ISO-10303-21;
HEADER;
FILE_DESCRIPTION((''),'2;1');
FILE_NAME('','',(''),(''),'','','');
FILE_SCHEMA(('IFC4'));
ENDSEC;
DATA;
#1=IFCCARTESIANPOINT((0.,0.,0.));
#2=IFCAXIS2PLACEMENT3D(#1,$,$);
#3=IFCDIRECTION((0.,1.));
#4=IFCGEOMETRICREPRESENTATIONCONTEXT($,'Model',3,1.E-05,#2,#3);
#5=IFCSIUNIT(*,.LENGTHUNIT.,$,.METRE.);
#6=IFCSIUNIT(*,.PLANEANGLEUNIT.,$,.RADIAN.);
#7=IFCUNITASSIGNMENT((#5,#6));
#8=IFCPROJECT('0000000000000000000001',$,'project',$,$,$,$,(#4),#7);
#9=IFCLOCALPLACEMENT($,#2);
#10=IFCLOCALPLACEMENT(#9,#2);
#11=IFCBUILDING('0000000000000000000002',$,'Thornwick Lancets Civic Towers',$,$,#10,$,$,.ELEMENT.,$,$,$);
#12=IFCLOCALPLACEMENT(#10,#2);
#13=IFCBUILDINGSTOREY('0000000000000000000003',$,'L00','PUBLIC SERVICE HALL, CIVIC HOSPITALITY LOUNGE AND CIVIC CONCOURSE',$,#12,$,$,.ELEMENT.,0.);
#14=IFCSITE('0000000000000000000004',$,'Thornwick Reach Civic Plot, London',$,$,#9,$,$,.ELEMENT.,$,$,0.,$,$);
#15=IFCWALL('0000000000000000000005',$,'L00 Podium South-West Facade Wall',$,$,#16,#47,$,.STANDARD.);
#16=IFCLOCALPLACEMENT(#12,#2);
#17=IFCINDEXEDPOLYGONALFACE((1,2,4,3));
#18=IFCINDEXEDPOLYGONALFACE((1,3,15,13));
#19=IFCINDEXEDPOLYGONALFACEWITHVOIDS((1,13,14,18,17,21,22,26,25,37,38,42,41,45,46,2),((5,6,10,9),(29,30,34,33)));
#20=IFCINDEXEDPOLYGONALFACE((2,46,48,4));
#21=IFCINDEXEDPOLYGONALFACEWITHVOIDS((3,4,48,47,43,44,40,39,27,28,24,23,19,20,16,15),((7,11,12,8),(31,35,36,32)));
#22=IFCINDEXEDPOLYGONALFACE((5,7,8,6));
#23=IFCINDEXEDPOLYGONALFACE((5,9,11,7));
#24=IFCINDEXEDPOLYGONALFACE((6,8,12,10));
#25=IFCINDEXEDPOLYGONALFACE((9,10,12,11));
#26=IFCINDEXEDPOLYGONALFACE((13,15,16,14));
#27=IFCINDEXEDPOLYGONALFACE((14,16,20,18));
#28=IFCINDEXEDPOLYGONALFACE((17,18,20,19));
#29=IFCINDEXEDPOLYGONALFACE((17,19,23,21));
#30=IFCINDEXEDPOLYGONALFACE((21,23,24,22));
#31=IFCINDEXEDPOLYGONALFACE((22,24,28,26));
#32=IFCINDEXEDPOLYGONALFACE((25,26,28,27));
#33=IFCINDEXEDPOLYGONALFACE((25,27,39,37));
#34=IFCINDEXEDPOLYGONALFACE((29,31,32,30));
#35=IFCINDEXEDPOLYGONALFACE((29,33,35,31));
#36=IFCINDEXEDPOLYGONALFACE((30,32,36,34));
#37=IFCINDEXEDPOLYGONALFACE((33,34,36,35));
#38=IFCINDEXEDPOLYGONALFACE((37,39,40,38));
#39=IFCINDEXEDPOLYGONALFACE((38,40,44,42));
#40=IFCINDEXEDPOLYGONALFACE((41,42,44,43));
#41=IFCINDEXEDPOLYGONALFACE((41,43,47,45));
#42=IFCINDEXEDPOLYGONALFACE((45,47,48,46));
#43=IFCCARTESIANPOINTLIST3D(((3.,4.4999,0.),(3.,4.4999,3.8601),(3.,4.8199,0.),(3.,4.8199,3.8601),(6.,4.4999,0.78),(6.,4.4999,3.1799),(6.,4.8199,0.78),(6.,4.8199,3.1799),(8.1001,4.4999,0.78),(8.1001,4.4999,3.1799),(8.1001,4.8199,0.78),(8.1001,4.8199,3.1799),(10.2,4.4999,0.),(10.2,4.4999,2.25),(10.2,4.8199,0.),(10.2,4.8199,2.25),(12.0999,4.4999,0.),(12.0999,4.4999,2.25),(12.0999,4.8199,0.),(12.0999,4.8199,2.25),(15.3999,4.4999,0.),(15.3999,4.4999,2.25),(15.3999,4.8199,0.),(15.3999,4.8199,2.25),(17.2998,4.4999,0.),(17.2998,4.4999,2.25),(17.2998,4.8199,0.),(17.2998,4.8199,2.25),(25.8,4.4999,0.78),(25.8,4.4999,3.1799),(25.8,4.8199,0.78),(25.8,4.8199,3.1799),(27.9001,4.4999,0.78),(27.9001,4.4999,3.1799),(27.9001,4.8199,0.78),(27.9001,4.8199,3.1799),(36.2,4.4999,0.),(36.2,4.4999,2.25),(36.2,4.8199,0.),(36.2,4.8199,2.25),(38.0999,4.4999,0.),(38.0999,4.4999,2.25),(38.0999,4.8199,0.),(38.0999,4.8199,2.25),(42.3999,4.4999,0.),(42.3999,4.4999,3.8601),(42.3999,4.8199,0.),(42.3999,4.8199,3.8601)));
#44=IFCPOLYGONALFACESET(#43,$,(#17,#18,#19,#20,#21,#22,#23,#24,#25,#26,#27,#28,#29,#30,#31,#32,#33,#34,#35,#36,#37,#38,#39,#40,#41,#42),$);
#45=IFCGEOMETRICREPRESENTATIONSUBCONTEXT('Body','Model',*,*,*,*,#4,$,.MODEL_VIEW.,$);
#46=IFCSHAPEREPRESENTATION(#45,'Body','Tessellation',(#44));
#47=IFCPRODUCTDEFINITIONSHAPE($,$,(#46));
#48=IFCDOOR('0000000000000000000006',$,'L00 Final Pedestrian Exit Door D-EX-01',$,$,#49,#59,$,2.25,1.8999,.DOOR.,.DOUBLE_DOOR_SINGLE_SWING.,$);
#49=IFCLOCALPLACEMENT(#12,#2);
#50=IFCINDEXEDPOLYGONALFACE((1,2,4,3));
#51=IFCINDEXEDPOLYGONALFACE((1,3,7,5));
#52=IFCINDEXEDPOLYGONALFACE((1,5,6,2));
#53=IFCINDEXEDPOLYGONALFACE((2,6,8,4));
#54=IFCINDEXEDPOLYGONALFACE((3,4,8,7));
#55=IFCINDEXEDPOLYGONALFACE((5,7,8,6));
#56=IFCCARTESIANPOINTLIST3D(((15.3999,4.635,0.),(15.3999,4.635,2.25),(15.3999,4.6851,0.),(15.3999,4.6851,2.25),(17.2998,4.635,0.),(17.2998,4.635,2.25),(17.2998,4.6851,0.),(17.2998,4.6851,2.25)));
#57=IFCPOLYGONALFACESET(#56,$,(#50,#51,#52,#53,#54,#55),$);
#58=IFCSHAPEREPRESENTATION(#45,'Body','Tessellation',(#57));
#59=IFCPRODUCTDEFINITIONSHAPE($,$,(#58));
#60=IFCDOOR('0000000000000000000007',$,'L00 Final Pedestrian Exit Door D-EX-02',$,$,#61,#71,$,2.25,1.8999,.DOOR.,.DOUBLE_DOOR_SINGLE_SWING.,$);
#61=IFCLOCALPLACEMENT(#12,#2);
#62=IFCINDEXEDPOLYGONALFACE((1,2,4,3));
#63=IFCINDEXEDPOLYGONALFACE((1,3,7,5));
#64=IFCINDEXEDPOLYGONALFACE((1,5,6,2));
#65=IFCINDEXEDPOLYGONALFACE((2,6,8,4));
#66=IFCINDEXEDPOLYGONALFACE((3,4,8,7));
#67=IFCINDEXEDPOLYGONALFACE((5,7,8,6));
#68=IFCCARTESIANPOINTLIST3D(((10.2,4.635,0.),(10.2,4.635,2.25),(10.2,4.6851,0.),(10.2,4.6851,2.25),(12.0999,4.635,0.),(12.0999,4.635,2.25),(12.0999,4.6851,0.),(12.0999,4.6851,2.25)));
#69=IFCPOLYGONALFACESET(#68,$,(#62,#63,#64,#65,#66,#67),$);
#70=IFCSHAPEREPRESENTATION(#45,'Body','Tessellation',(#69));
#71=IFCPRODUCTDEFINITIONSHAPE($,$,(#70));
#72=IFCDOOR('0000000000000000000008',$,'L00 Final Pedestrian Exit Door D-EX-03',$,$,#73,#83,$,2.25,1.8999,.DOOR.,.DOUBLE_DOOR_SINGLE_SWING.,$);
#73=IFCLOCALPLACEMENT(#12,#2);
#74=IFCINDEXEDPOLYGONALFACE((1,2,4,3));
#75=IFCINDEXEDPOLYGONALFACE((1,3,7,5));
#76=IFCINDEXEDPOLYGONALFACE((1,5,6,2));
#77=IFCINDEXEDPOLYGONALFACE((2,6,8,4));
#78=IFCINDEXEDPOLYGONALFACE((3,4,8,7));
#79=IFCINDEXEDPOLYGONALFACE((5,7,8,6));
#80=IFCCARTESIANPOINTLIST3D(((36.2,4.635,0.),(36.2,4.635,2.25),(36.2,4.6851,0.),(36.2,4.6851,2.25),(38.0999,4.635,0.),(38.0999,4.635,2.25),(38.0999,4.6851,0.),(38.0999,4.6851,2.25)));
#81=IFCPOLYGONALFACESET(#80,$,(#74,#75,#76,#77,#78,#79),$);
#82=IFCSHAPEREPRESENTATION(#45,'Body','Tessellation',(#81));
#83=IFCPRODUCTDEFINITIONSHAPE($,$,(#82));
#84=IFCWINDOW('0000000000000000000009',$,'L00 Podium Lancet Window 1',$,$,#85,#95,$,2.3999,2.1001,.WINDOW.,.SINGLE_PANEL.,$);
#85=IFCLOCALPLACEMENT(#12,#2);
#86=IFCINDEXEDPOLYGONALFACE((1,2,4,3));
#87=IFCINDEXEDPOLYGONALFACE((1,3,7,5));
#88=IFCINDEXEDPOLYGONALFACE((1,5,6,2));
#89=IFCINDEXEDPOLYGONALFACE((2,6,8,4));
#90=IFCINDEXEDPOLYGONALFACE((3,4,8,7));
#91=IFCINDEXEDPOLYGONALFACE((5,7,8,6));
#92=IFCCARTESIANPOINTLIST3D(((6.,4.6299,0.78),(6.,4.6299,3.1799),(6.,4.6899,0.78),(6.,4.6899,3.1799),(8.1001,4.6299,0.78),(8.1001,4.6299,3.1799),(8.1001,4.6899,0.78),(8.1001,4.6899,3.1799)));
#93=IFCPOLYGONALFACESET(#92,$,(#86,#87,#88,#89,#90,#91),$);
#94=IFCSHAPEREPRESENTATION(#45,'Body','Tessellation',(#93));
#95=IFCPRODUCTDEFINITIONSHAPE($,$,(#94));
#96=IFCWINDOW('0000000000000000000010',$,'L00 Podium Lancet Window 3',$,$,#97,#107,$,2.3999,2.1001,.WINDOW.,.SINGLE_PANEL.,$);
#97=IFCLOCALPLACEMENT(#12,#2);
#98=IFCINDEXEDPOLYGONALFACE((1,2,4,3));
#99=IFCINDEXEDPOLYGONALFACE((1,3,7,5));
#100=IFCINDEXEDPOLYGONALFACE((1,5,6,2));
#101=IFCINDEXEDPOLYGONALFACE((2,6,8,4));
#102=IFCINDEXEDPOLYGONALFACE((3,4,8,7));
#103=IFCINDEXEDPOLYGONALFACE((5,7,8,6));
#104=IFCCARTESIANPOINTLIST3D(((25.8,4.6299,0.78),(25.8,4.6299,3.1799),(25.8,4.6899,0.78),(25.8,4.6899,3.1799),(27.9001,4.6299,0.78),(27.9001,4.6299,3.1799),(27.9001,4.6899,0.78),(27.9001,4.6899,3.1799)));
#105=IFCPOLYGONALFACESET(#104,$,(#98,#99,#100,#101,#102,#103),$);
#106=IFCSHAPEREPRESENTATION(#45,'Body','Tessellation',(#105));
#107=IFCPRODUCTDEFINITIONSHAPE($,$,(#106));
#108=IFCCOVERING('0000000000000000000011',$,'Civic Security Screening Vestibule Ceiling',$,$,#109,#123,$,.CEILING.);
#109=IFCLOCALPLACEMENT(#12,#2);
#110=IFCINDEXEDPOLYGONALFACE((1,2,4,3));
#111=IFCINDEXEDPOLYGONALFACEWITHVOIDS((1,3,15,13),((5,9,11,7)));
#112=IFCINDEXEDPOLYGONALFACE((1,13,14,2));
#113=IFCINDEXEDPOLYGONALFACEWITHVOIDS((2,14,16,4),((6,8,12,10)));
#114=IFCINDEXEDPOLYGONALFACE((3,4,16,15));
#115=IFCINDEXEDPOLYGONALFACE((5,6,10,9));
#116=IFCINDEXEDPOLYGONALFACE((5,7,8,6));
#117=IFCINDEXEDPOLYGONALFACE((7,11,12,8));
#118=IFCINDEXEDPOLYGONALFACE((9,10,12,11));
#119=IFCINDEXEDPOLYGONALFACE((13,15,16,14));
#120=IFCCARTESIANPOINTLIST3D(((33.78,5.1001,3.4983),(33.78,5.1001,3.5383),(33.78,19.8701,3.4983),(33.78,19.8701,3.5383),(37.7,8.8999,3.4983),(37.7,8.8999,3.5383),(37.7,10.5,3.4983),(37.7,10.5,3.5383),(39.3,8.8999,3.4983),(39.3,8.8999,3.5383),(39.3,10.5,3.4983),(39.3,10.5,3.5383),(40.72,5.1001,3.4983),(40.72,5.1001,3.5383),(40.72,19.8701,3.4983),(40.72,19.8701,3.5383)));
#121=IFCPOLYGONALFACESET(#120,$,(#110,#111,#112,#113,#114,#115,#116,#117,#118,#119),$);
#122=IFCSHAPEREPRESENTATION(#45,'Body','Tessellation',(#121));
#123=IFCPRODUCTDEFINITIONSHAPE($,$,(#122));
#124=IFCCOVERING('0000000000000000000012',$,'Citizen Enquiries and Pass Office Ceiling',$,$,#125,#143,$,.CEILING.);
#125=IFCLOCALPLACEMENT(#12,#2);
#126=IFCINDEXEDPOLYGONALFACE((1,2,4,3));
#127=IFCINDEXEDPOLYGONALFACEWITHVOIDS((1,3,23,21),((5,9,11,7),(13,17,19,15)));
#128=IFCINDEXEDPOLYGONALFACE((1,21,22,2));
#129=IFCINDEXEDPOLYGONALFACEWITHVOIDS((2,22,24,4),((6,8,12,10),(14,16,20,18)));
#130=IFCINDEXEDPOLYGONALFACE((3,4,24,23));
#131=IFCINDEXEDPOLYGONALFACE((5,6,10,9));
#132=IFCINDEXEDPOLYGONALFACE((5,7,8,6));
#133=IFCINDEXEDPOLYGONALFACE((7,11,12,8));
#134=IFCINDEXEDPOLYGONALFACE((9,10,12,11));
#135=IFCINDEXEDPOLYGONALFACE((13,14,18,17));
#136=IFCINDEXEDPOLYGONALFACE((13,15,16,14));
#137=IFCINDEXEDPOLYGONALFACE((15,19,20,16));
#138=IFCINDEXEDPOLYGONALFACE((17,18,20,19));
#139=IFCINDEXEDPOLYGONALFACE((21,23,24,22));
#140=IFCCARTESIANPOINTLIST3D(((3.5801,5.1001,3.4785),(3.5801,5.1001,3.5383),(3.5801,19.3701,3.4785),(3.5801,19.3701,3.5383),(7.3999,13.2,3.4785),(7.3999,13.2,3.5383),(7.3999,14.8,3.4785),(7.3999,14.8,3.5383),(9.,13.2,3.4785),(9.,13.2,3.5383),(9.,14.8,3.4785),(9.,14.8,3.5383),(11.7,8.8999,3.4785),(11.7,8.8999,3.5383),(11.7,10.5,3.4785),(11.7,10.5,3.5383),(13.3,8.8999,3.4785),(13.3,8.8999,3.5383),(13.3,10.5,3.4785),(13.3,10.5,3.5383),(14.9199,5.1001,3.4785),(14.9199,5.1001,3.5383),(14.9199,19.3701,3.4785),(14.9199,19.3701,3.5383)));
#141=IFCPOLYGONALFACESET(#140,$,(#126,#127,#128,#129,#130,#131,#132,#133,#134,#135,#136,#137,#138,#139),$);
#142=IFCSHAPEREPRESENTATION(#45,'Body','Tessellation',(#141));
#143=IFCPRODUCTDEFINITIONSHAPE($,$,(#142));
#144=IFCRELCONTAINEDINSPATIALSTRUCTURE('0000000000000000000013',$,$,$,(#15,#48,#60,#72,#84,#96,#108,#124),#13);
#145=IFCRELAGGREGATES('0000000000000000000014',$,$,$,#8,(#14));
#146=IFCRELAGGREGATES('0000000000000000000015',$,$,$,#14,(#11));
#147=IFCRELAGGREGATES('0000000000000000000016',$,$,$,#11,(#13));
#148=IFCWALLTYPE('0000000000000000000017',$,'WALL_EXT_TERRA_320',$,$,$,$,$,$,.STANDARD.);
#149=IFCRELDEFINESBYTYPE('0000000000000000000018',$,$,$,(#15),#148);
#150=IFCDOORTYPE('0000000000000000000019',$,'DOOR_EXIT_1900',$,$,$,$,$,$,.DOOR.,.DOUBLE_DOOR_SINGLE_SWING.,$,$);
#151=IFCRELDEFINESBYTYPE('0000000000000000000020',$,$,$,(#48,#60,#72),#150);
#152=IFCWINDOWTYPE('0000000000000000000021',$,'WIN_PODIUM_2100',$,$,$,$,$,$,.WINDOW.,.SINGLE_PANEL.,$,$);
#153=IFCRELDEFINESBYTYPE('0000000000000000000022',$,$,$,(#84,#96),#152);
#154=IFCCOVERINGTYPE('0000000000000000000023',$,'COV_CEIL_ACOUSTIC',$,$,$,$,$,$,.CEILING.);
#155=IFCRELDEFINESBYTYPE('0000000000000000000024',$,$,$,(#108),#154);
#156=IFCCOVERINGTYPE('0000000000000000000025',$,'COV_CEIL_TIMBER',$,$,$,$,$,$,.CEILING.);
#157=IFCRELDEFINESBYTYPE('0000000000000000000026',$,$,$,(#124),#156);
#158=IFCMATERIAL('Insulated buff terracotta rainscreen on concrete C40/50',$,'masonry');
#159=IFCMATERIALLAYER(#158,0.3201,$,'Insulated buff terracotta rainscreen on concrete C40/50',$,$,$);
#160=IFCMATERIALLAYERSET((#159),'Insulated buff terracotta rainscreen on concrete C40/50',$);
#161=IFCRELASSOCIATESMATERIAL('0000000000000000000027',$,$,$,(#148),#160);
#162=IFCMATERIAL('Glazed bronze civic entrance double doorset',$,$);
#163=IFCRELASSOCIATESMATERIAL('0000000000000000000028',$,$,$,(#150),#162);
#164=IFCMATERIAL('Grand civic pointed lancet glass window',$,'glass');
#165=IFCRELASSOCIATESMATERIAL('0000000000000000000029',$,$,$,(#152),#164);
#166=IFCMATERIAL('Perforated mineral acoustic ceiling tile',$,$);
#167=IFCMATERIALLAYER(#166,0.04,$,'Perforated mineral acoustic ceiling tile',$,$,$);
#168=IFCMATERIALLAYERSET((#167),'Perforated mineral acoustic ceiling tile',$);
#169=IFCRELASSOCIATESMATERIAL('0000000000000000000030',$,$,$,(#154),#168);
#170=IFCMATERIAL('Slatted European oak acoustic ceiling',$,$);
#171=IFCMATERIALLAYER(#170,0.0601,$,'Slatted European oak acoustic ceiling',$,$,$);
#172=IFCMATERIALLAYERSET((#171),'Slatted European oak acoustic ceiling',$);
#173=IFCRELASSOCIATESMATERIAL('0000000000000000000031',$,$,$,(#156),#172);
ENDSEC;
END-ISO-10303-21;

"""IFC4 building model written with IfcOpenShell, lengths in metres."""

from ifc_helpers import new_model, si_unit, direction, frame, frame_2d, origin, place, context, subcontext, project, spatial, polyline, rectangle, outline, extrude, material, layer, layer_set, type_object, element, fill, save


model = new_model("IFC4")

# Units and contexts
model_context = context("Model", 3, precision=1e-05, world=origin(), true_north=direction((0.0, 1.0)))
body_context = subcontext(model_context, "Body", "Model", "MODEL_VIEW")
ifc_project = project(units=[si_unit("LENGTHUNIT", "METRE"), si_unit("PLANEANGLEUNIT", "RADIAN")], contexts=[model_context])

# Site, building, storey
site_placement = place(None, origin())
site = spatial("IfcSite", under=ifc_project, at=site_placement, Name="Thornwick Reach Civic Plot, London", CompositionType="ELEMENT", RefElevation=0.0)
building_placement = place(site_placement, origin())
building = spatial("IfcBuilding", under=site, at=building_placement, Name="Thornwick Lancets Civic Towers", CompositionType="ELEMENT")
storey_placement = place(building_placement, origin())
storey = spatial("IfcBuildingStorey", under=building, at=storey_placement, Name="L00", Description="PUBLIC SERVICE HALL, CIVIC HOSPITALITY LOUNGE AND CIVIC CONCOURSE", CompositionType="ELEMENT", Elevation=0.0)

# Wall, openings, doors, windows
ifc_material_1 = material(Name="Insulated buff terracotta rainscreen on concrete C40/50", Category="masonry")
ifc_layer_1 = layer(ifc_material_1, 0.3201, Name="Insulated buff terracotta rainscreen on concrete C40/50")
ifc_layer_set_1 = layer_set([ifc_layer_1], Name="Insulated buff terracotta rainscreen on concrete C40/50")
wall_type = type_object("IfcWallType", Name="WALL_EXT_TERRA_320", PredefinedType="STANDARD", material=ifc_layer_set_1)
wall_placement = place(storey_placement, frame((3.0, 4.6599, 0.0), z_axis=(0.0, 0.0, 1.0), x_axis=(1.0, 0.0, 0.0)))
wall = element("IfcWall", 1, at=wall_placement, inside=storey, type_object=wall_type, Name="L00 Podium South-West Facade Wall", PredefinedType="STANDARD", context=body_context, shape_type="SweptSolid", body=[
    extrude(rectangle(XDim=39.3999, YDim=0.3201, at=frame_2d((19.7, 0.0))), origin(), (0.0, 0.0, 1.0), 3.8601),
])
opening_1_placement = place(wall_placement, frame((14.2998, 0.0, 0.0), z_axis=(0.0, 0.0, 1.0), x_axis=(-1.0, 0.0, 0.0)))
opening_1 = element("IfcOpeningElement", 2, at=opening_1_placement, cuts=wall, PredefinedType="OPENING", context=body_context, shape_type="SweptSolid", body=[
    extrude(rectangle(XDim=1.8999, YDim=2.25, at=frame_2d((0.95, 1.125))), frame((0.0, 0.1699, 0.0), z_axis=(0.0, -1.0, 0.0), x_axis=(1.0, 0.0, 0.0)), (0.0, 0.0, 1.0), 0.3401),
])
opening_2_placement = place(wall_placement, frame((9.0999, 0.0, 0.0), z_axis=(0.0, 0.0, 1.0), x_axis=(-1.0, 0.0, 0.0)))
opening_2 = element("IfcOpeningElement", 3, at=opening_2_placement, cuts=wall, PredefinedType="OPENING", context=body_context, shape_type="SweptSolid", body=[
    extrude(rectangle(XDim=1.8999, YDim=2.25, at=frame_2d((0.95, 1.125))), frame((0.0, 0.1699, 0.0), z_axis=(0.0, -1.0, 0.0), x_axis=(1.0, 0.0, 0.0)), (0.0, 0.0, 1.0), 0.3401),
])
opening_3_placement = place(wall_placement, frame((35.0999, 0.0, 0.0), z_axis=(0.0, 0.0, 1.0), x_axis=(-1.0, 0.0, 0.0)))
opening_3 = element("IfcOpeningElement", 4, at=opening_3_placement, cuts=wall, PredefinedType="OPENING", context=body_context, shape_type="SweptSolid", body=[
    extrude(rectangle(XDim=1.8999, YDim=2.25, at=frame_2d((0.95, 1.125))), frame((0.0, 0.1699, 0.0), z_axis=(0.0, -1.0, 0.0), x_axis=(1.0, 0.0, 0.0)), (0.0, 0.0, 1.0), 0.3401),
])
opening_4_placement = place(wall_placement, frame((3.0, 0.0, 0.78)))
opening_4 = element("IfcOpeningElement", 5, at=opening_4_placement, cuts=wall, PredefinedType="OPENING", context=body_context, shape_type="SweptSolid", body=[
    extrude(rectangle(XDim=2.1001, YDim=2.3999, at=frame_2d((1.05, 1.2))), frame((0.0, 0.1699, 0.0), z_axis=(0.0, -1.0, 0.0), x_axis=(1.0, 0.0, 0.0)), (0.0, 0.0, 1.0), 0.3401),
])
opening_5_placement = place(wall_placement, frame((22.8, 0.0, 0.78)))
opening_5 = element("IfcOpeningElement", 6, at=opening_5_placement, cuts=wall, PredefinedType="OPENING", context=body_context, shape_type="SweptSolid", body=[
    extrude(rectangle(XDim=2.1001, YDim=2.3999, at=frame_2d((1.05, 1.2))), frame((0.0, 0.1699, 0.0), z_axis=(0.0, -1.0, 0.0), x_axis=(1.0, 0.0, 0.0)), (0.0, 0.0, 1.0), 0.3401),
])
ifc_material_2 = material(Name="Glazed bronze civic entrance double doorset")
door_type = type_object("IfcDoorType", Name="DOOR_EXIT_1900", OperationType="DOUBLE_DOOR_SINGLE_SWING", PredefinedType="DOOR", material=ifc_material_2)
door_1_placement = place(opening_1_placement, origin())
door_1 = element("IfcDoor", 7, at=door_1_placement, inside=storey, type_object=door_type, Name="L00 Final Pedestrian Exit Door D-EX-01", OperationType="DOUBLE_DOOR_SINGLE_SWING", OverallHeight=2.25, OverallWidth=1.8999, PredefinedType="DOOR", context=body_context, shape_type="SweptSolid", body=[
    extrude(rectangle(XDim=1.8999, YDim=2.25, at=frame_2d((0.95, 1.125))), frame((0.0, 0.0249, 0.0), z_axis=(0.0, -1.0, 0.0), x_axis=(1.0, 0.0, 0.0)), (0.0, 0.0, 1.0), 0.05),
])
fill(opening_1, door_1)
door_2_placement = place(opening_2_placement, origin())
door_2 = element("IfcDoor", 8, at=door_2_placement, inside=storey, type_object=door_type, Name="L00 Final Pedestrian Exit Door D-EX-02", OperationType="DOUBLE_DOOR_SINGLE_SWING", OverallHeight=2.25, OverallWidth=1.8999, PredefinedType="DOOR", context=body_context, shape_type="SweptSolid", body=[
    extrude(rectangle(XDim=1.8999, YDim=2.25, at=frame_2d((0.95, 1.125))), frame((0.0, 0.0249, 0.0), z_axis=(0.0, -1.0, 0.0), x_axis=(1.0, 0.0, 0.0)), (0.0, 0.0, 1.0), 0.05),
])
fill(opening_2, door_2)
door_3_placement = place(opening_3_placement, origin())
door_3 = element("IfcDoor", 9, at=door_3_placement, inside=storey, type_object=door_type, Name="L00 Final Pedestrian Exit Door D-EX-03", OperationType="DOUBLE_DOOR_SINGLE_SWING", OverallHeight=2.25, OverallWidth=1.8999, PredefinedType="DOOR", context=body_context, shape_type="SweptSolid", body=[
    extrude(rectangle(XDim=1.8999, YDim=2.25, at=frame_2d((0.95, 1.125))), frame((0.0, 0.0249, 0.0), z_axis=(0.0, -1.0, 0.0), x_axis=(1.0, 0.0, 0.0)), (0.0, 0.0, 1.0), 0.05),
])
fill(opening_3, door_3)
ifc_material_3 = material(Name="Grand civic pointed lancet glass window", Category="glass")
window_type = type_object("IfcWindowType", Name="WIN_PODIUM_2100", PartitioningType="SINGLE_PANEL", PredefinedType="WINDOW", material=ifc_material_3)
window_1_placement = place(opening_4_placement, origin())
window_1 = element("IfcWindow", 10, at=window_1_placement, inside=storey, type_object=window_type, Name="L00 Podium Lancet Window 1", OverallHeight=2.3999, OverallWidth=2.1001, PartitioningType="SINGLE_PANEL", PredefinedType="WINDOW", context=body_context, shape_type="SweptSolid", body=[
    extrude(rectangle(XDim=2.1001, YDim=2.3999, at=frame_2d((1.05, 1.2))), frame((0.0, 0.03, 0.0), z_axis=(0.0, -1.0, 0.0), x_axis=(1.0, 0.0, 0.0)), (0.0, 0.0, 1.0), 0.0601),
])
fill(opening_4, window_1)
window_2_placement = place(opening_5_placement, origin())
window_2 = element("IfcWindow", 11, at=window_2_placement, inside=storey, type_object=window_type, Name="L00 Podium Lancet Window 3", OverallHeight=2.3999, OverallWidth=2.1001, PartitioningType="SINGLE_PANEL", PredefinedType="WINDOW", context=body_context, shape_type="SweptSolid", body=[
    extrude(rectangle(XDim=2.1001, YDim=2.3999, at=frame_2d((1.05, 1.2))), frame((0.0, 0.03, 0.0), z_axis=(0.0, -1.0, 0.0), x_axis=(1.0, 0.0, 0.0)), (0.0, 0.0, 1.0), 0.0601),
])
fill(opening_5, window_2)

# Coverings
ifc_material_4 = material(Name="Perforated mineral acoustic ceiling tile")
ifc_layer_2 = layer(ifc_material_4, 0.04, Name="Perforated mineral acoustic ceiling tile")
ifc_layer_set_2 = layer_set([ifc_layer_2], Name="Perforated mineral acoustic ceiling tile")
covering_type_1 = type_object("IfcCoveringType", Name="COV_CEIL_ACOUSTIC", PredefinedType="CEILING", material=ifc_layer_set_2)
covering_1_placement = place(storey_placement, frame((0.0, 0.0, 3.4983)))
element("IfcCovering", 12, at=covering_1_placement, inside=storey, type_object=covering_type_1, Name="Civic Security Screening Vestibule Ceiling", PredefinedType="CEILING", context=body_context, shape_type="SweptSolid", body=[
    extrude(outline(polyline([(40.72, 5.1001), (33.78, 5.1001), (33.78, 19.8701), (40.72, 19.8701), (40.72, 5.1001)]), holes=[polyline([(37.7, 8.8999), (39.3, 8.8999), (39.3, 10.5), (37.7, 10.5), (37.7, 8.8999)])]), origin(), (0.0, 0.0, 1.0), 0.04),
])
ifc_material_5 = material(Name="Slatted European oak acoustic ceiling")
ifc_layer_3 = layer(ifc_material_5, 0.0601, Name="Slatted European oak acoustic ceiling")
ifc_layer_set_3 = layer_set([ifc_layer_3], Name="Slatted European oak acoustic ceiling")
covering_type_2 = type_object("IfcCoveringType", Name="COV_CEIL_TIMBER", PredefinedType="CEILING", material=ifc_layer_set_3)
covering_2_placement = place(storey_placement, frame((0.0, 0.0, 3.4785)))
element("IfcCovering", 13, at=covering_2_placement, inside=storey, type_object=covering_type_2, Name="Citizen Enquiries and Pass Office Ceiling", PredefinedType="CEILING", context=body_context, shape_type="SweptSolid", body=[
    extrude(outline(polyline([(3.5801, 5.1001), (3.5801, 19.3701), (14.9199, 19.3701), (14.9199, 5.1001), (3.5801, 5.1001)]), holes=[polyline([(11.7, 8.8999), (13.3, 8.8999), (13.3, 10.5), (11.7, 10.5), (11.7, 8.8999)]), polyline([(7.3999, 13.2), (9.0, 13.2), (9.0, 14.8), (7.3999, 14.8), (7.3999, 13.2)])]), origin(), (0.0, 0.0, 1.0), 0.0598),
])

save(model, "model.ifc")
